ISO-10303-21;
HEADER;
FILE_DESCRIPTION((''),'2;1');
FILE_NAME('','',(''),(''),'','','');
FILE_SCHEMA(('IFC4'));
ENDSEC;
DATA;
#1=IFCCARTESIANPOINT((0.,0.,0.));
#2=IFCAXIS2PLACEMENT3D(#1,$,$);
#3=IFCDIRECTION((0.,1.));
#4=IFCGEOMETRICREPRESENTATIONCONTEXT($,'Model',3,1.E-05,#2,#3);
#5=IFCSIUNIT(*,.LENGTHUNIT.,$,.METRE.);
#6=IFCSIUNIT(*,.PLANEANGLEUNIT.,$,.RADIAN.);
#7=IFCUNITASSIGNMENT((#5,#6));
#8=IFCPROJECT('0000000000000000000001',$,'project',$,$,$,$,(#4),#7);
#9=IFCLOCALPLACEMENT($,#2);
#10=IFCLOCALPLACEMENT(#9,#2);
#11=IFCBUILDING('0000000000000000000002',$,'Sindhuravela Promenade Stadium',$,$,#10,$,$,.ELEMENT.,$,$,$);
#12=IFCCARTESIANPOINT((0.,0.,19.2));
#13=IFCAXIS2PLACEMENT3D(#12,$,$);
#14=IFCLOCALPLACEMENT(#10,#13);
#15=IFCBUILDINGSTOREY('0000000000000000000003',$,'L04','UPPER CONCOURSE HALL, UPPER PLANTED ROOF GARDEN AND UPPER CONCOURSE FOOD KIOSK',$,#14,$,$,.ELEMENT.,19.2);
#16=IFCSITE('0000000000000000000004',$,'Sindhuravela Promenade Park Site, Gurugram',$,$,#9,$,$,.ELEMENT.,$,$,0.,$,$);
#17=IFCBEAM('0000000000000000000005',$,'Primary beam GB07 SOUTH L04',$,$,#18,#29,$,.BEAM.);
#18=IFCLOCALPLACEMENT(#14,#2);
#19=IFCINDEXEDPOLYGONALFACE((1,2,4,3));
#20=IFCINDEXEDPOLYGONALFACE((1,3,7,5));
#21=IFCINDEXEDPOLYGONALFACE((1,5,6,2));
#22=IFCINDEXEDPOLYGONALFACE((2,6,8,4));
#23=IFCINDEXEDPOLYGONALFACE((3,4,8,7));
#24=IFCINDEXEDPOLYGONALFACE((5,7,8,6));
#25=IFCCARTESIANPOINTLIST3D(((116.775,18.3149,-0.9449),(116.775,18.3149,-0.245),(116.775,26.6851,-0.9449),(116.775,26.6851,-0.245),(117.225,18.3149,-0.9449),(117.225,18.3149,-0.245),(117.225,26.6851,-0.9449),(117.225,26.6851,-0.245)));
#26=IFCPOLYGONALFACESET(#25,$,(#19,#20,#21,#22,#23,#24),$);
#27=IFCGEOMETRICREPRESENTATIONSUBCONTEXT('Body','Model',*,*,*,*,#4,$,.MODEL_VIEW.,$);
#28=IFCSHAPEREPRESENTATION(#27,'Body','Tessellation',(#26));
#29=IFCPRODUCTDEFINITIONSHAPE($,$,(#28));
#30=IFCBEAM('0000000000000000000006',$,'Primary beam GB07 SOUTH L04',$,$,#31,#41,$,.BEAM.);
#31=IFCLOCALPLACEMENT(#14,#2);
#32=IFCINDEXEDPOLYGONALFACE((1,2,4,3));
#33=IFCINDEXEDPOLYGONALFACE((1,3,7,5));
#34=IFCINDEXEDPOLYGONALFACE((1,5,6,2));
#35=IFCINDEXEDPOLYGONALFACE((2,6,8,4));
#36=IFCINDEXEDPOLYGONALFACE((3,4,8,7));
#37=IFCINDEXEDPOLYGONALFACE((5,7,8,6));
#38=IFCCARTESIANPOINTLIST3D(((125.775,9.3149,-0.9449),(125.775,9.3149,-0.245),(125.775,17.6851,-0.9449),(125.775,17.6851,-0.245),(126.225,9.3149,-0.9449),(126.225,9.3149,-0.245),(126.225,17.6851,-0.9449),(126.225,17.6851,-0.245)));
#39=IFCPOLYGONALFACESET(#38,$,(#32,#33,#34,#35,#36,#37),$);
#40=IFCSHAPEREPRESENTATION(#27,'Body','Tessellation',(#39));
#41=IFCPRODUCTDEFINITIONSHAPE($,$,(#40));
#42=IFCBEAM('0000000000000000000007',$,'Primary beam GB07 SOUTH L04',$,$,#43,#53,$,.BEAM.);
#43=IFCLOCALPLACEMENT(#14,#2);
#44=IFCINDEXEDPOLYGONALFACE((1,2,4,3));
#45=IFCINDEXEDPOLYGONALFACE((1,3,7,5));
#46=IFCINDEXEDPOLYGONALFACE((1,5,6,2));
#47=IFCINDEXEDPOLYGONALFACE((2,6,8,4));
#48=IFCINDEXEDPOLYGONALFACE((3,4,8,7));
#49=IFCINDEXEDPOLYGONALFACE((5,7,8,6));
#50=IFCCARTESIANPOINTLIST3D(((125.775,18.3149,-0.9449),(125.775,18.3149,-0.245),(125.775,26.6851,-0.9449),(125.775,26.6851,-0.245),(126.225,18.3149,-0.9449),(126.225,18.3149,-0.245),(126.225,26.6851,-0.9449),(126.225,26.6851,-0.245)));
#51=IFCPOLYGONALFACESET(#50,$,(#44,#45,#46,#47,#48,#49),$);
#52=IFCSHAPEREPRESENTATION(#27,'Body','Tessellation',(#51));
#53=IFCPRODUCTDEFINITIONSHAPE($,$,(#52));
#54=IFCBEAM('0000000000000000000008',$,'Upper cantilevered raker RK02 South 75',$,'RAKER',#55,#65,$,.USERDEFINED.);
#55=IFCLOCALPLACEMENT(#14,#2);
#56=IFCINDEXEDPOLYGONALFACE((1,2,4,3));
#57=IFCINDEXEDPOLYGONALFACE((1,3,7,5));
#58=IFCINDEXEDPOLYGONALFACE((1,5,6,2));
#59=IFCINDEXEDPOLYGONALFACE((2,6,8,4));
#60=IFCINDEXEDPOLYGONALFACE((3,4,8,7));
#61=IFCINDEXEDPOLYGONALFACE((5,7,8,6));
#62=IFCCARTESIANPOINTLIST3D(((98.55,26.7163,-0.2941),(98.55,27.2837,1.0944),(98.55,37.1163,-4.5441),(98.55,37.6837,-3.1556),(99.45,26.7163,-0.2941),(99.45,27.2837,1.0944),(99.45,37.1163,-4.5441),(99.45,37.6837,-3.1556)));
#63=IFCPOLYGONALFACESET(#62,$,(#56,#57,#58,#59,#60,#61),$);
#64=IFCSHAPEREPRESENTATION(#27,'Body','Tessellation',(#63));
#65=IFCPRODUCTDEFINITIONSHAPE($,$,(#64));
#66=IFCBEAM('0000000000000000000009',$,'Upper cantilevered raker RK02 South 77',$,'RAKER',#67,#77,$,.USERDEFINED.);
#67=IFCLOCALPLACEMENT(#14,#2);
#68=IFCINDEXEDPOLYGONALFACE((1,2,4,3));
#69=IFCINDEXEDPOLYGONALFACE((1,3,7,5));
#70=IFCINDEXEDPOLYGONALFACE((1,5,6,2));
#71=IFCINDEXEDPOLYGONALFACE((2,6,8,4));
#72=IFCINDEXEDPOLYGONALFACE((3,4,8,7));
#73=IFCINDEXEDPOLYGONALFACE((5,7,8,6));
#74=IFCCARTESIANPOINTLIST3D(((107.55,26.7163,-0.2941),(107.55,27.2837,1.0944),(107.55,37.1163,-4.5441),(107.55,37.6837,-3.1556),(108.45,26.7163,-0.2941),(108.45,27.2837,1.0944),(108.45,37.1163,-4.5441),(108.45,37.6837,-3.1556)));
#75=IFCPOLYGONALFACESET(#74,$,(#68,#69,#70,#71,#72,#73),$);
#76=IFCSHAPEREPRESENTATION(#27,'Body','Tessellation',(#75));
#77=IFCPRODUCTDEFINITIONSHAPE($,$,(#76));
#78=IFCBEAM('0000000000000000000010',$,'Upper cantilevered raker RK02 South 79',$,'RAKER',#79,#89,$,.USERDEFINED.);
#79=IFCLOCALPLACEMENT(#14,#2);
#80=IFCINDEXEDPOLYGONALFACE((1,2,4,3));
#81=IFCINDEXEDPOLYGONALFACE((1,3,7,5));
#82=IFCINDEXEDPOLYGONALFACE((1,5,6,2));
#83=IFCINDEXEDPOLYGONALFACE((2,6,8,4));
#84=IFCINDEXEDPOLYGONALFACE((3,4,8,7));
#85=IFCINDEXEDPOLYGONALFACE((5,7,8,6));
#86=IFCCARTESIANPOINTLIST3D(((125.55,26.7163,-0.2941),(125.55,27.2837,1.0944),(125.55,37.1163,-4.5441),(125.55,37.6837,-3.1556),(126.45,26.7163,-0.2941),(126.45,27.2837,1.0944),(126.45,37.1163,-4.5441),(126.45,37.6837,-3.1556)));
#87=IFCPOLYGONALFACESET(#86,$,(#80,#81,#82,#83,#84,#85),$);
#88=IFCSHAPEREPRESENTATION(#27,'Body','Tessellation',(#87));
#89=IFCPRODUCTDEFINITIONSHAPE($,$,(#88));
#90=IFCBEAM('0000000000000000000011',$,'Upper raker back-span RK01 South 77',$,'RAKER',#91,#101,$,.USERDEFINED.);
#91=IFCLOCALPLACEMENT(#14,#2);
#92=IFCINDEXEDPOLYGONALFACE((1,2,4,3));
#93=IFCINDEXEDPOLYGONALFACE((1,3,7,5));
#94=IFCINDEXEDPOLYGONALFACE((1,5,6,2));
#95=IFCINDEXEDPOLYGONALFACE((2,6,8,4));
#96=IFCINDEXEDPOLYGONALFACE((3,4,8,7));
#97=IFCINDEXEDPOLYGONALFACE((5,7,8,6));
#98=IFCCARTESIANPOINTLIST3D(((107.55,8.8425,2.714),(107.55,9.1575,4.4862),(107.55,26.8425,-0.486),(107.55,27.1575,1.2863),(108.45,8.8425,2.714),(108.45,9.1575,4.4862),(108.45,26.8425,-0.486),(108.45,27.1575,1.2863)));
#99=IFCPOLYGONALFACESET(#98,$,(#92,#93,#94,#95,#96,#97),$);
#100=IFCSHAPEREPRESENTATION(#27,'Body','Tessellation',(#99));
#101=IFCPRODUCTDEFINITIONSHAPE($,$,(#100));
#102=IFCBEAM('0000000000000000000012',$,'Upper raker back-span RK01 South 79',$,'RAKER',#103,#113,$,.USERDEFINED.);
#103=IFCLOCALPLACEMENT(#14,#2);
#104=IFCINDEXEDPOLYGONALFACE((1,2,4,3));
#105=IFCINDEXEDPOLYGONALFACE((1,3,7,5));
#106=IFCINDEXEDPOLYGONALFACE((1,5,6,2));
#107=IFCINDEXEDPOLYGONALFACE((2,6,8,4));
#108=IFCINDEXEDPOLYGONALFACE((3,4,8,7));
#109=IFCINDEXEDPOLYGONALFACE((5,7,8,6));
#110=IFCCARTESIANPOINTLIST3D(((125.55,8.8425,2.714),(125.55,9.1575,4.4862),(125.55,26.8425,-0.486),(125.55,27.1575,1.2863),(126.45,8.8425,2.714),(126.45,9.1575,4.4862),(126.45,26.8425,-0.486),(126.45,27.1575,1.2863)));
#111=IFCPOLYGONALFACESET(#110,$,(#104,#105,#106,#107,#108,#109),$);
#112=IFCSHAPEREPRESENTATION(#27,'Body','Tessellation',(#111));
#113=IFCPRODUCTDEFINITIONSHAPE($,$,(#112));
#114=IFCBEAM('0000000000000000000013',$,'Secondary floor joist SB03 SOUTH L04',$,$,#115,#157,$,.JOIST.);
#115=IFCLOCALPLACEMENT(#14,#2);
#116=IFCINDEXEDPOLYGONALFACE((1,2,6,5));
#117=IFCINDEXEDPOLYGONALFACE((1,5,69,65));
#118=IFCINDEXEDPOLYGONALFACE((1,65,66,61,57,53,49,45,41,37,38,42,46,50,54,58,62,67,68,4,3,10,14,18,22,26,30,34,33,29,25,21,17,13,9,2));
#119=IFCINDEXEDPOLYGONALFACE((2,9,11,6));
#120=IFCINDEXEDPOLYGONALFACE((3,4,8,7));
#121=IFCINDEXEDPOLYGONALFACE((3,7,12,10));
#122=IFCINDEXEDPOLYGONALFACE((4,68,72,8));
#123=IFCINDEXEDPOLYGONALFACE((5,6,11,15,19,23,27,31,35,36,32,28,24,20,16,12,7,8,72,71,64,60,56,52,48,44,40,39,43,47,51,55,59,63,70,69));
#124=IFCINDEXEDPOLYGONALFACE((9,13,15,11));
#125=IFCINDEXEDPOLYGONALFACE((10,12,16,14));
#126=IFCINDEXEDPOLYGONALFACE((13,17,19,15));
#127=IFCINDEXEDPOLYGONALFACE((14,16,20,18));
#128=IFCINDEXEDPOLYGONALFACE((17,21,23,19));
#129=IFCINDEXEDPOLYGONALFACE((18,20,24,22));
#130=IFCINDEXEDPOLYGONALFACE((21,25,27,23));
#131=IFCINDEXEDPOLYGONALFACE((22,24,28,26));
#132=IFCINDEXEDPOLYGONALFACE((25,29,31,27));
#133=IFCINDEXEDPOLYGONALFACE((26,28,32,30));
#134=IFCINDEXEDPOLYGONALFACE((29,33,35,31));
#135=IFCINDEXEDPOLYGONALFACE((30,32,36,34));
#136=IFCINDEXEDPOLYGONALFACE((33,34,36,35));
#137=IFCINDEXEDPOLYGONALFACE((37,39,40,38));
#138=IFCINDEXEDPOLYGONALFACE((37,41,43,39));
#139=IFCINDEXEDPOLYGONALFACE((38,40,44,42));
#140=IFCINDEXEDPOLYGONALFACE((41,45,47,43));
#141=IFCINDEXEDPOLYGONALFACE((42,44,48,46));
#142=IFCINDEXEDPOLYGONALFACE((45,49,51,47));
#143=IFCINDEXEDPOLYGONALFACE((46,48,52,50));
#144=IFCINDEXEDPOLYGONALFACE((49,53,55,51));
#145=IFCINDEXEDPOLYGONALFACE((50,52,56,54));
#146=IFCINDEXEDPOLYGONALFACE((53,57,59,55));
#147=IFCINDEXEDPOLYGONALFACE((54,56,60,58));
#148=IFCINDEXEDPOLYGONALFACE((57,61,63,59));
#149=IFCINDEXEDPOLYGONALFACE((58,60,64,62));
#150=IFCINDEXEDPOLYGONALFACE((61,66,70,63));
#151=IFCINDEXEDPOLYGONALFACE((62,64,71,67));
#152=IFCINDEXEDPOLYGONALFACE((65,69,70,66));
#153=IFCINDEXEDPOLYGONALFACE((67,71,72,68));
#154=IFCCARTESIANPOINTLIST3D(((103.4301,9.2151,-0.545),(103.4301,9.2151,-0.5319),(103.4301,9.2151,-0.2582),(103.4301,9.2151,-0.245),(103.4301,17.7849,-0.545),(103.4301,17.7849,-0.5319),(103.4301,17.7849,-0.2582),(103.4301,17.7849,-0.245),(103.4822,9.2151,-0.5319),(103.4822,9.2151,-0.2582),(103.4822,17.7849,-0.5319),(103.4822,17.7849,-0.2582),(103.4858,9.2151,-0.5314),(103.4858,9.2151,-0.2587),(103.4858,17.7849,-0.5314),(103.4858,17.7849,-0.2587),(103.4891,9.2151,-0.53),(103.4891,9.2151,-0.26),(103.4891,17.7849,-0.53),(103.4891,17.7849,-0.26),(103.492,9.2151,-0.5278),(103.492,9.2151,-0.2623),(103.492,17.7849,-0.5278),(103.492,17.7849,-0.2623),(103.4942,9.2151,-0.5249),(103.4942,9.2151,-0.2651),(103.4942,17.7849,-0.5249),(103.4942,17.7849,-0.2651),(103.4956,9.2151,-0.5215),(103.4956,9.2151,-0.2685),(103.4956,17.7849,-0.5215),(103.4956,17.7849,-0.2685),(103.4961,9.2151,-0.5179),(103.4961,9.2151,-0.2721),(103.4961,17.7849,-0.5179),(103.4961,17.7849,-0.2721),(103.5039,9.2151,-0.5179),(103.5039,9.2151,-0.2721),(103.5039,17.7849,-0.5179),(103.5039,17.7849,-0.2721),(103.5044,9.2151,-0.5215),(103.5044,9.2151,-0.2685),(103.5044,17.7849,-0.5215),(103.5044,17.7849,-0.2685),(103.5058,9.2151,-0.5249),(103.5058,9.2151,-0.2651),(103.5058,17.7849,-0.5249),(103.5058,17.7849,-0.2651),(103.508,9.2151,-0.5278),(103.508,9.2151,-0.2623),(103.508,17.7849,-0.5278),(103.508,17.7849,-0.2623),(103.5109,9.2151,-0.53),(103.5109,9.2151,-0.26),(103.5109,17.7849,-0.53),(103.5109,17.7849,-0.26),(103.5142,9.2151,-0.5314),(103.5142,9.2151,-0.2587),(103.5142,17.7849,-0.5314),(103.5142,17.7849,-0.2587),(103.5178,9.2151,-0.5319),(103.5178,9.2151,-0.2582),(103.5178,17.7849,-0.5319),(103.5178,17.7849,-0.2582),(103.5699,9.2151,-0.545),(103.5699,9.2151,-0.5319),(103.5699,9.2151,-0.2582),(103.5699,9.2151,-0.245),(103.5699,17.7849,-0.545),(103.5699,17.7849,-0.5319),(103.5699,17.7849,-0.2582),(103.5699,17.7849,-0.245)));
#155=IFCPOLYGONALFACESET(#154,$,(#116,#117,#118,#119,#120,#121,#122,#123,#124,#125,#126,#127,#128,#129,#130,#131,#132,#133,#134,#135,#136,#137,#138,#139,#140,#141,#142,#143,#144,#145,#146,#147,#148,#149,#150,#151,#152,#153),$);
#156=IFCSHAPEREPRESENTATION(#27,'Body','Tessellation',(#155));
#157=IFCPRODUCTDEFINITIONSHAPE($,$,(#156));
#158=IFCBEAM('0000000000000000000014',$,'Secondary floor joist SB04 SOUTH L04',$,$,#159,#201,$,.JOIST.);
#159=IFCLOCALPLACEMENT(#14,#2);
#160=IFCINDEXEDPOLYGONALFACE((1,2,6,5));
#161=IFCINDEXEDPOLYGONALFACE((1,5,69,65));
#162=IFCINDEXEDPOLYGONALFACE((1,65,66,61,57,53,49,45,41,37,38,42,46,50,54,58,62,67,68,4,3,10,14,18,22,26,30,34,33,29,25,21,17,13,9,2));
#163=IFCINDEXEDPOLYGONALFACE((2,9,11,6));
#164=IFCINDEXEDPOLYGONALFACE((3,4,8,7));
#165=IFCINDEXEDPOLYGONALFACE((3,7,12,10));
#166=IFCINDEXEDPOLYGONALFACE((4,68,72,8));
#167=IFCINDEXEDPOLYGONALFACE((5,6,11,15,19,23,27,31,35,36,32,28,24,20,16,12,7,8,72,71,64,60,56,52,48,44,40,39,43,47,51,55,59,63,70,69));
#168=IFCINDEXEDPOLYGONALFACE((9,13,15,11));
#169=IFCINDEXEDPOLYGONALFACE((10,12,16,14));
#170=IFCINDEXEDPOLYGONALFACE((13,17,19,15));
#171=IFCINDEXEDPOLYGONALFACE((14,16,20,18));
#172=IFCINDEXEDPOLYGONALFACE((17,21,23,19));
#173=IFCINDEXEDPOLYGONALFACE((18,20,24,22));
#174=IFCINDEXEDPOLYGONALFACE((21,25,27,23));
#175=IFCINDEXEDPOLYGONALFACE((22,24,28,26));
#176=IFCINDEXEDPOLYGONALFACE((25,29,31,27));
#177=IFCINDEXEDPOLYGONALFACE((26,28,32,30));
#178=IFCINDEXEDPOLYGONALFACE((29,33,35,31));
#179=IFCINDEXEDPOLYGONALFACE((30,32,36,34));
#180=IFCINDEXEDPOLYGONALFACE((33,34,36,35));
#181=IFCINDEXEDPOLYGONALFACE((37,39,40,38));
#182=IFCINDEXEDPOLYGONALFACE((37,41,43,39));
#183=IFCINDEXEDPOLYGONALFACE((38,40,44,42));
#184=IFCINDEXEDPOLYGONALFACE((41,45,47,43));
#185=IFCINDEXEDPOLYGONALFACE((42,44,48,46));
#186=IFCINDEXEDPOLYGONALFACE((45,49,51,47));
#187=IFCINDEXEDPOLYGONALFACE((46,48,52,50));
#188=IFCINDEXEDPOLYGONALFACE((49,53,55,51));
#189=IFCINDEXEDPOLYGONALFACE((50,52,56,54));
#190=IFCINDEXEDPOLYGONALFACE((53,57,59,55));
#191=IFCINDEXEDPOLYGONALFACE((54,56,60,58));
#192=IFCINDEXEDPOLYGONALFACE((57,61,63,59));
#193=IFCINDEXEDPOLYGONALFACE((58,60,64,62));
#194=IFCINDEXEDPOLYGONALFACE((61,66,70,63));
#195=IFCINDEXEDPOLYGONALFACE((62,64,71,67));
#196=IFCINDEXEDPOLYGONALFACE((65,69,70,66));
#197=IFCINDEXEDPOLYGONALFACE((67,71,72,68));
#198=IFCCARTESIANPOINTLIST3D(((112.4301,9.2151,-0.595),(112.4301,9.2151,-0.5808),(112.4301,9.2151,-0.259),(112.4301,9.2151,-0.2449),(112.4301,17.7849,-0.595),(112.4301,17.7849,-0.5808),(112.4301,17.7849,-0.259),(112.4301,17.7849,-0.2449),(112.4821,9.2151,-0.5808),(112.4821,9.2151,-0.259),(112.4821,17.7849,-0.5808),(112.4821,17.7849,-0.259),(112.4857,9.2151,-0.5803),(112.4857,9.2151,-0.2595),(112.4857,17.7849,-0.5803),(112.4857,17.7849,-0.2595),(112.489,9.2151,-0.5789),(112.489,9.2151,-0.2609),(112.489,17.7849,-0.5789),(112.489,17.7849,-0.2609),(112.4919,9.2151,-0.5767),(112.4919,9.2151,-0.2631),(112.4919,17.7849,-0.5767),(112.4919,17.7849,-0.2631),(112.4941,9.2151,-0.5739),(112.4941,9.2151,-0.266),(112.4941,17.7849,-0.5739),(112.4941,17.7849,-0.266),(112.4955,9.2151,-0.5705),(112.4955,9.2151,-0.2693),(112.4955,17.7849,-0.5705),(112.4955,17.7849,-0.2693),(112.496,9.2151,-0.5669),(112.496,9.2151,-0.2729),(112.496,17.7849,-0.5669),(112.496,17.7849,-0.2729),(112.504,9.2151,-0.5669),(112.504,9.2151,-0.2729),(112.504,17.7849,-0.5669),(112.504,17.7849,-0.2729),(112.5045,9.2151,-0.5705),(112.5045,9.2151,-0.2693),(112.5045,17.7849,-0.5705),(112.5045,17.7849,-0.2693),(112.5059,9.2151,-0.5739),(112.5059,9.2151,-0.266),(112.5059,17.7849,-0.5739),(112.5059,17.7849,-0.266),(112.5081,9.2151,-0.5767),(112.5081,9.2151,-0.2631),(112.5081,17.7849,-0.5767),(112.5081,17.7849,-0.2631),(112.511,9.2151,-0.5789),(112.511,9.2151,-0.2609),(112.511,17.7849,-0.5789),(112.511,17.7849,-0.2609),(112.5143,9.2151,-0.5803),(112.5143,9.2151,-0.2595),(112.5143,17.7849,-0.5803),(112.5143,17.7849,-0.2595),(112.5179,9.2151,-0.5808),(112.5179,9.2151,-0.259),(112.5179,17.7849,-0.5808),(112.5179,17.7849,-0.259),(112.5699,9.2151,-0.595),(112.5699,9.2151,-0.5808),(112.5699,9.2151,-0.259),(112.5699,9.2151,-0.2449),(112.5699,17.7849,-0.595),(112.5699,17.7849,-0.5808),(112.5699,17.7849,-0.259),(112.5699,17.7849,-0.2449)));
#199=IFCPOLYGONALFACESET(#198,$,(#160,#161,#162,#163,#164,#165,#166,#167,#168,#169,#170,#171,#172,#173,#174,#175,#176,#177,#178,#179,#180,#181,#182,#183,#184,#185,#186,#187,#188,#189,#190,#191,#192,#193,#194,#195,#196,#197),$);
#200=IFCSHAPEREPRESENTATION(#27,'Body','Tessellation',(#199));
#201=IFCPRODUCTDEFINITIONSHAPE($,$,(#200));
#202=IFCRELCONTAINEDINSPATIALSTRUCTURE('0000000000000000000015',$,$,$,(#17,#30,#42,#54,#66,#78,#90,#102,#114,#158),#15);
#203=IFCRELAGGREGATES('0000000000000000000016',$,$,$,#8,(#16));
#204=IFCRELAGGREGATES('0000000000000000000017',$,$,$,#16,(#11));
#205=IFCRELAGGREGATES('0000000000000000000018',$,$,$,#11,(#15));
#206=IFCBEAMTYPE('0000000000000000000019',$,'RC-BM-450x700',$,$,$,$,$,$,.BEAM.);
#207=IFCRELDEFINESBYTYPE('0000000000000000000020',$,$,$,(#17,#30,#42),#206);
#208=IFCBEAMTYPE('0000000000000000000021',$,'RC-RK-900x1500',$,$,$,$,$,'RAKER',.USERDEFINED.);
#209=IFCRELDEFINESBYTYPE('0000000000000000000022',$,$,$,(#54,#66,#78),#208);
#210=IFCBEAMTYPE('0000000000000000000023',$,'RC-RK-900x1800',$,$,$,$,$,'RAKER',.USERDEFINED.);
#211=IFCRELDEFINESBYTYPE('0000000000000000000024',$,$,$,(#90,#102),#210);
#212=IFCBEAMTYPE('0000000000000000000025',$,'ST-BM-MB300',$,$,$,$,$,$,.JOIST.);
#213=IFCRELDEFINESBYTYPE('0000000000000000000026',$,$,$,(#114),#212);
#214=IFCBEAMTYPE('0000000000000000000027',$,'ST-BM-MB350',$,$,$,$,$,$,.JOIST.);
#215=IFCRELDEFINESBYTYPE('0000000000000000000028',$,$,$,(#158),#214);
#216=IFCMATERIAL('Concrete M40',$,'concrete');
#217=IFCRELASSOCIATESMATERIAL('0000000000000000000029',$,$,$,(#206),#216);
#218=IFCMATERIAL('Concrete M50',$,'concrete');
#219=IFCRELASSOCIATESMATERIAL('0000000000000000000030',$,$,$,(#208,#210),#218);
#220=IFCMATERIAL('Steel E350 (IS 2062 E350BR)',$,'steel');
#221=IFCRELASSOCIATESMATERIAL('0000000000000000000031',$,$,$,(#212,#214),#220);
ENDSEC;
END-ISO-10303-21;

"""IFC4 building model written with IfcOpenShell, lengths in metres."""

from ifc_helpers import new_model, si_unit, direction, frame, origin, origin_2d, place, context, subcontext, project, spatial, rectangle, i_section, extrude, material, material_profile, profile_set, type_object, element, save


model = new_model("IFC4")

# Units and contexts
model_context = context("Model", 3, precision=1e-05, world=origin(), true_north=direction((0.0, 1.0)))
body_context = subcontext(model_context, "Body", "Model", "MODEL_VIEW")
ifc_project = project(units=[si_unit("LENGTHUNIT", "METRE"), si_unit("PLANEANGLEUNIT", "RADIAN")], contexts=[model_context])

# Site, building, storey
site_placement = place(None, origin())
site = spatial("IfcSite", under=ifc_project, at=site_placement, Name="Sindhuravela Promenade Park Site, Gurugram", CompositionType="ELEMENT", RefElevation=0.0)
building_placement = place(site_placement, origin())
building = spatial("IfcBuilding", under=site, at=building_placement, Name="Sindhuravela Promenade Stadium", CompositionType="ELEMENT")
storey_placement = place(building_placement, frame((0.0, 0.0, 19.2)))
storey = spatial("IfcBuildingStorey", under=building, at=storey_placement, Name="L04", Description="UPPER CONCOURSE HALL, UPPER PLANTED ROOF GARDEN AND UPPER CONCOURSE FOOD KIOSK", CompositionType="ELEMENT", Elevation=19.2)

# Shared definitions
ifc_material_1 = material(Name="Steel E350 (IS 2062 E350BR)", Category="steel")

# Beams
ifc_material_2 = material(Name="Concrete M40", Category="concrete")
ifc_material_profile_1 = material_profile(ifc_material_2, rectangle(XDim=0.45, YDim=0.7, at=origin_2d()), Name="RC 450x700")
ifc_profile_set_1 = profile_set([ifc_material_profile_1], Name="Concrete M40")
beam_type_1 = type_object("IfcBeamType", Name="RC-BM-450x700", PredefinedType="BEAM", material=ifc_profile_set_1)
for number, where, z_axis, x_axis, name in (
    (1, (117.0, 18.3149, -0.595), (0.0, 1.0, 0.0), (-1.0, 0.0, 0.0), "Primary beam GB07 SOUTH L04"),
    (2, (126.0, 9.3149, -0.595), (0.0, 1.0, 0.0), (-1.0, 0.0, 0.0), "Primary beam GB07 SOUTH L04"),
    (3, (126.0, 18.3149, -0.595), (0.0, 1.0, 0.0), (-1.0, 0.0, 0.0), "Primary beam GB07 SOUTH L04"),
):
    element("IfcBeam", number, at=place(storey_placement, frame(where, z_axis=z_axis, x_axis=x_axis)), inside=storey, type_object=beam_type_1, Name=name, PredefinedType="BEAM", context=body_context, shape_type="SweptSolid", body=[
        extrude(rectangle(XDim=0.45, YDim=0.7, at=origin_2d()), origin(), (0.0, 0.0, 1.0), 8.3701),
    ])
ifc_material_3 = material(Name="Concrete M50", Category="concrete")
ifc_material_profile_2 = material_profile(ifc_material_3, rectangle(XDim=0.8999, YDim=1.5, at=origin_2d()), Name="RC 900x1500")
ifc_profile_set_2 = profile_set([ifc_material_profile_2], Name="Concrete M50")
beam_type_2 = type_object("IfcBeamType", Name="RC-RK-900x1500", ElementType="RAKER", PredefinedType="USERDEFINED", material=ifc_profile_set_2)
for number, where, z_axis, x_axis, name in (
    (4, (99.0, 27.0, 0.4001), (0.0, 0.925687, -0.378289), (-1.0, 0.0, 0.0), "Upper cantilevered raker RK02 South 75"),
    (5, (108.0, 27.0, 0.4001), (0.0, 0.925687, -0.378289), (-1.0, 0.0, 0.0), "Upper cantilevered raker RK02 South 77"),
    (6, (126.0, 27.0, 0.4001), (0.0, 0.925687, -0.378289), (-1.0, 0.0, 0.0), "Upper cantilevered raker RK02 South 79"),
):
    element("IfcBeam", number, at=place(storey_placement, frame(where, z_axis=z_axis, x_axis=x_axis)), inside=storey, type_object=beam_type_2, Name=name, ObjectType="RAKER", PredefinedType="USERDEFINED", context=body_context, shape_type="SweptSolid", body=[
        extrude(rectangle(XDim=0.8999, YDim=1.5, at=origin_2d()), origin(), (0.0, 0.0, 1.0), 11.2349),
    ])
ifc_material_profile_3 = material_profile(ifc_material_3, rectangle(XDim=0.8999, YDim=1.8, at=origin_2d()), Name="RC 900x1800")
ifc_profile_set_3 = profile_set([ifc_material_profile_3], Name="Concrete M50")
beam_type_3 = type_object("IfcBeamType", Name="RC-RK-900x1800", ElementType="RAKER", PredefinedType="USERDEFINED", material=ifc_profile_set_3)
for number, where, z_axis, x_axis, name in (
    (7, (108.0, 9.0, 3.6001), (0.0, 0.984563, -0.175031), (-1.0, 0.0, 0.0), "Upper raker back-span RK01 South 77"),
    (8, (126.0, 9.0, 3.6001), (0.0, 0.984563, -0.175031), (-1.0, 0.0, 0.0), "Upper raker back-span RK01 South 79"),
):
    element("IfcBeam", number, at=place(storey_placement, frame(where, z_axis=z_axis, x_axis=x_axis)), inside=storey, type_object=beam_type_3, Name=name, ObjectType="RAKER", PredefinedType="USERDEFINED", context=body_context, shape_type="SweptSolid", body=[
        extrude(rectangle(XDim=0.8999, YDim=1.8, at=origin_2d()), origin(), (0.0, 0.0, 1.0), 18.2822),
    ])
ifc_material_profile_4 = material_profile(ifc_material_1, i_section(OverallWidth=0.1399, OverallDepth=0.3, WebThickness=0.0078, FlangeThickness=0.0132, FilletRadius=0.0139, at=origin_2d()), Name="ISMB 300")
ifc_profile_set_4 = profile_set([ifc_material_profile_4], Name="Steel E350 (IS 2062 E350BR)")
beam_type_4 = type_object("IfcBeamType", Name="ST-BM-MB300", PredefinedType="JOIST", material=ifc_profile_set_4)
beam_1_placement = place(storey_placement, frame((103.5, 9.2151, -0.395), z_axis=(0.0, 1.0, 0.0), x_axis=(-1.0, 0.0, 0.0)))
element("IfcBeam", 9, at=beam_1_placement, inside=storey, type_object=beam_type_4, Name="Secondary floor joist SB03 SOUTH L04", PredefinedType="JOIST", context=body_context, shape_type="SweptSolid", body=[
    extrude(i_section(OverallWidth=0.1399, OverallDepth=0.3, WebThickness=0.0078, FlangeThickness=0.0132, FilletRadius=0.0139, at=origin_2d()), origin(), (0.0, 0.0, 1.0), 8.5698),
])
ifc_material_profile_5 = material_profile(ifc_material_1, i_section(OverallWidth=0.1399, OverallDepth=0.3501, WebThickness=0.0081, FlangeThickness=0.0142, FilletRadius=0.0139, at=origin_2d()), Name="ISMB 350")
ifc_profile_set_5 = profile_set([ifc_material_profile_5], Name="Steel E350 (IS 2062 E350BR)")
beam_type_5 = type_object("IfcBeamType", Name="ST-BM-MB350", PredefinedType="JOIST", material=ifc_profile_set_5)
for number, where, z_axis, x_axis, name in (
    (10, (112.5, 9.2151, -0.4199), (0.0, 1.0, 0.0), (-1.0, 0.0, 0.0), "Secondary floor joist SB04 SOUTH L04"),
):
    element("IfcBeam", number, at=place(storey_placement, frame(where, z_axis=z_axis, x_axis=x_axis)), inside=storey, type_object=beam_type_5, Name=name, PredefinedType="JOIST", context=body_context, shape_type="SweptSolid", body=[
        extrude(i_section(OverallWidth=0.1399, OverallDepth=0.3501, WebThickness=0.0081, FlangeThickness=0.0142, FilletRadius=0.0139, at=origin_2d()), origin(), (0.0, 0.0, 1.0), 8.5698),
    ])

save(model, "model.ifc")
